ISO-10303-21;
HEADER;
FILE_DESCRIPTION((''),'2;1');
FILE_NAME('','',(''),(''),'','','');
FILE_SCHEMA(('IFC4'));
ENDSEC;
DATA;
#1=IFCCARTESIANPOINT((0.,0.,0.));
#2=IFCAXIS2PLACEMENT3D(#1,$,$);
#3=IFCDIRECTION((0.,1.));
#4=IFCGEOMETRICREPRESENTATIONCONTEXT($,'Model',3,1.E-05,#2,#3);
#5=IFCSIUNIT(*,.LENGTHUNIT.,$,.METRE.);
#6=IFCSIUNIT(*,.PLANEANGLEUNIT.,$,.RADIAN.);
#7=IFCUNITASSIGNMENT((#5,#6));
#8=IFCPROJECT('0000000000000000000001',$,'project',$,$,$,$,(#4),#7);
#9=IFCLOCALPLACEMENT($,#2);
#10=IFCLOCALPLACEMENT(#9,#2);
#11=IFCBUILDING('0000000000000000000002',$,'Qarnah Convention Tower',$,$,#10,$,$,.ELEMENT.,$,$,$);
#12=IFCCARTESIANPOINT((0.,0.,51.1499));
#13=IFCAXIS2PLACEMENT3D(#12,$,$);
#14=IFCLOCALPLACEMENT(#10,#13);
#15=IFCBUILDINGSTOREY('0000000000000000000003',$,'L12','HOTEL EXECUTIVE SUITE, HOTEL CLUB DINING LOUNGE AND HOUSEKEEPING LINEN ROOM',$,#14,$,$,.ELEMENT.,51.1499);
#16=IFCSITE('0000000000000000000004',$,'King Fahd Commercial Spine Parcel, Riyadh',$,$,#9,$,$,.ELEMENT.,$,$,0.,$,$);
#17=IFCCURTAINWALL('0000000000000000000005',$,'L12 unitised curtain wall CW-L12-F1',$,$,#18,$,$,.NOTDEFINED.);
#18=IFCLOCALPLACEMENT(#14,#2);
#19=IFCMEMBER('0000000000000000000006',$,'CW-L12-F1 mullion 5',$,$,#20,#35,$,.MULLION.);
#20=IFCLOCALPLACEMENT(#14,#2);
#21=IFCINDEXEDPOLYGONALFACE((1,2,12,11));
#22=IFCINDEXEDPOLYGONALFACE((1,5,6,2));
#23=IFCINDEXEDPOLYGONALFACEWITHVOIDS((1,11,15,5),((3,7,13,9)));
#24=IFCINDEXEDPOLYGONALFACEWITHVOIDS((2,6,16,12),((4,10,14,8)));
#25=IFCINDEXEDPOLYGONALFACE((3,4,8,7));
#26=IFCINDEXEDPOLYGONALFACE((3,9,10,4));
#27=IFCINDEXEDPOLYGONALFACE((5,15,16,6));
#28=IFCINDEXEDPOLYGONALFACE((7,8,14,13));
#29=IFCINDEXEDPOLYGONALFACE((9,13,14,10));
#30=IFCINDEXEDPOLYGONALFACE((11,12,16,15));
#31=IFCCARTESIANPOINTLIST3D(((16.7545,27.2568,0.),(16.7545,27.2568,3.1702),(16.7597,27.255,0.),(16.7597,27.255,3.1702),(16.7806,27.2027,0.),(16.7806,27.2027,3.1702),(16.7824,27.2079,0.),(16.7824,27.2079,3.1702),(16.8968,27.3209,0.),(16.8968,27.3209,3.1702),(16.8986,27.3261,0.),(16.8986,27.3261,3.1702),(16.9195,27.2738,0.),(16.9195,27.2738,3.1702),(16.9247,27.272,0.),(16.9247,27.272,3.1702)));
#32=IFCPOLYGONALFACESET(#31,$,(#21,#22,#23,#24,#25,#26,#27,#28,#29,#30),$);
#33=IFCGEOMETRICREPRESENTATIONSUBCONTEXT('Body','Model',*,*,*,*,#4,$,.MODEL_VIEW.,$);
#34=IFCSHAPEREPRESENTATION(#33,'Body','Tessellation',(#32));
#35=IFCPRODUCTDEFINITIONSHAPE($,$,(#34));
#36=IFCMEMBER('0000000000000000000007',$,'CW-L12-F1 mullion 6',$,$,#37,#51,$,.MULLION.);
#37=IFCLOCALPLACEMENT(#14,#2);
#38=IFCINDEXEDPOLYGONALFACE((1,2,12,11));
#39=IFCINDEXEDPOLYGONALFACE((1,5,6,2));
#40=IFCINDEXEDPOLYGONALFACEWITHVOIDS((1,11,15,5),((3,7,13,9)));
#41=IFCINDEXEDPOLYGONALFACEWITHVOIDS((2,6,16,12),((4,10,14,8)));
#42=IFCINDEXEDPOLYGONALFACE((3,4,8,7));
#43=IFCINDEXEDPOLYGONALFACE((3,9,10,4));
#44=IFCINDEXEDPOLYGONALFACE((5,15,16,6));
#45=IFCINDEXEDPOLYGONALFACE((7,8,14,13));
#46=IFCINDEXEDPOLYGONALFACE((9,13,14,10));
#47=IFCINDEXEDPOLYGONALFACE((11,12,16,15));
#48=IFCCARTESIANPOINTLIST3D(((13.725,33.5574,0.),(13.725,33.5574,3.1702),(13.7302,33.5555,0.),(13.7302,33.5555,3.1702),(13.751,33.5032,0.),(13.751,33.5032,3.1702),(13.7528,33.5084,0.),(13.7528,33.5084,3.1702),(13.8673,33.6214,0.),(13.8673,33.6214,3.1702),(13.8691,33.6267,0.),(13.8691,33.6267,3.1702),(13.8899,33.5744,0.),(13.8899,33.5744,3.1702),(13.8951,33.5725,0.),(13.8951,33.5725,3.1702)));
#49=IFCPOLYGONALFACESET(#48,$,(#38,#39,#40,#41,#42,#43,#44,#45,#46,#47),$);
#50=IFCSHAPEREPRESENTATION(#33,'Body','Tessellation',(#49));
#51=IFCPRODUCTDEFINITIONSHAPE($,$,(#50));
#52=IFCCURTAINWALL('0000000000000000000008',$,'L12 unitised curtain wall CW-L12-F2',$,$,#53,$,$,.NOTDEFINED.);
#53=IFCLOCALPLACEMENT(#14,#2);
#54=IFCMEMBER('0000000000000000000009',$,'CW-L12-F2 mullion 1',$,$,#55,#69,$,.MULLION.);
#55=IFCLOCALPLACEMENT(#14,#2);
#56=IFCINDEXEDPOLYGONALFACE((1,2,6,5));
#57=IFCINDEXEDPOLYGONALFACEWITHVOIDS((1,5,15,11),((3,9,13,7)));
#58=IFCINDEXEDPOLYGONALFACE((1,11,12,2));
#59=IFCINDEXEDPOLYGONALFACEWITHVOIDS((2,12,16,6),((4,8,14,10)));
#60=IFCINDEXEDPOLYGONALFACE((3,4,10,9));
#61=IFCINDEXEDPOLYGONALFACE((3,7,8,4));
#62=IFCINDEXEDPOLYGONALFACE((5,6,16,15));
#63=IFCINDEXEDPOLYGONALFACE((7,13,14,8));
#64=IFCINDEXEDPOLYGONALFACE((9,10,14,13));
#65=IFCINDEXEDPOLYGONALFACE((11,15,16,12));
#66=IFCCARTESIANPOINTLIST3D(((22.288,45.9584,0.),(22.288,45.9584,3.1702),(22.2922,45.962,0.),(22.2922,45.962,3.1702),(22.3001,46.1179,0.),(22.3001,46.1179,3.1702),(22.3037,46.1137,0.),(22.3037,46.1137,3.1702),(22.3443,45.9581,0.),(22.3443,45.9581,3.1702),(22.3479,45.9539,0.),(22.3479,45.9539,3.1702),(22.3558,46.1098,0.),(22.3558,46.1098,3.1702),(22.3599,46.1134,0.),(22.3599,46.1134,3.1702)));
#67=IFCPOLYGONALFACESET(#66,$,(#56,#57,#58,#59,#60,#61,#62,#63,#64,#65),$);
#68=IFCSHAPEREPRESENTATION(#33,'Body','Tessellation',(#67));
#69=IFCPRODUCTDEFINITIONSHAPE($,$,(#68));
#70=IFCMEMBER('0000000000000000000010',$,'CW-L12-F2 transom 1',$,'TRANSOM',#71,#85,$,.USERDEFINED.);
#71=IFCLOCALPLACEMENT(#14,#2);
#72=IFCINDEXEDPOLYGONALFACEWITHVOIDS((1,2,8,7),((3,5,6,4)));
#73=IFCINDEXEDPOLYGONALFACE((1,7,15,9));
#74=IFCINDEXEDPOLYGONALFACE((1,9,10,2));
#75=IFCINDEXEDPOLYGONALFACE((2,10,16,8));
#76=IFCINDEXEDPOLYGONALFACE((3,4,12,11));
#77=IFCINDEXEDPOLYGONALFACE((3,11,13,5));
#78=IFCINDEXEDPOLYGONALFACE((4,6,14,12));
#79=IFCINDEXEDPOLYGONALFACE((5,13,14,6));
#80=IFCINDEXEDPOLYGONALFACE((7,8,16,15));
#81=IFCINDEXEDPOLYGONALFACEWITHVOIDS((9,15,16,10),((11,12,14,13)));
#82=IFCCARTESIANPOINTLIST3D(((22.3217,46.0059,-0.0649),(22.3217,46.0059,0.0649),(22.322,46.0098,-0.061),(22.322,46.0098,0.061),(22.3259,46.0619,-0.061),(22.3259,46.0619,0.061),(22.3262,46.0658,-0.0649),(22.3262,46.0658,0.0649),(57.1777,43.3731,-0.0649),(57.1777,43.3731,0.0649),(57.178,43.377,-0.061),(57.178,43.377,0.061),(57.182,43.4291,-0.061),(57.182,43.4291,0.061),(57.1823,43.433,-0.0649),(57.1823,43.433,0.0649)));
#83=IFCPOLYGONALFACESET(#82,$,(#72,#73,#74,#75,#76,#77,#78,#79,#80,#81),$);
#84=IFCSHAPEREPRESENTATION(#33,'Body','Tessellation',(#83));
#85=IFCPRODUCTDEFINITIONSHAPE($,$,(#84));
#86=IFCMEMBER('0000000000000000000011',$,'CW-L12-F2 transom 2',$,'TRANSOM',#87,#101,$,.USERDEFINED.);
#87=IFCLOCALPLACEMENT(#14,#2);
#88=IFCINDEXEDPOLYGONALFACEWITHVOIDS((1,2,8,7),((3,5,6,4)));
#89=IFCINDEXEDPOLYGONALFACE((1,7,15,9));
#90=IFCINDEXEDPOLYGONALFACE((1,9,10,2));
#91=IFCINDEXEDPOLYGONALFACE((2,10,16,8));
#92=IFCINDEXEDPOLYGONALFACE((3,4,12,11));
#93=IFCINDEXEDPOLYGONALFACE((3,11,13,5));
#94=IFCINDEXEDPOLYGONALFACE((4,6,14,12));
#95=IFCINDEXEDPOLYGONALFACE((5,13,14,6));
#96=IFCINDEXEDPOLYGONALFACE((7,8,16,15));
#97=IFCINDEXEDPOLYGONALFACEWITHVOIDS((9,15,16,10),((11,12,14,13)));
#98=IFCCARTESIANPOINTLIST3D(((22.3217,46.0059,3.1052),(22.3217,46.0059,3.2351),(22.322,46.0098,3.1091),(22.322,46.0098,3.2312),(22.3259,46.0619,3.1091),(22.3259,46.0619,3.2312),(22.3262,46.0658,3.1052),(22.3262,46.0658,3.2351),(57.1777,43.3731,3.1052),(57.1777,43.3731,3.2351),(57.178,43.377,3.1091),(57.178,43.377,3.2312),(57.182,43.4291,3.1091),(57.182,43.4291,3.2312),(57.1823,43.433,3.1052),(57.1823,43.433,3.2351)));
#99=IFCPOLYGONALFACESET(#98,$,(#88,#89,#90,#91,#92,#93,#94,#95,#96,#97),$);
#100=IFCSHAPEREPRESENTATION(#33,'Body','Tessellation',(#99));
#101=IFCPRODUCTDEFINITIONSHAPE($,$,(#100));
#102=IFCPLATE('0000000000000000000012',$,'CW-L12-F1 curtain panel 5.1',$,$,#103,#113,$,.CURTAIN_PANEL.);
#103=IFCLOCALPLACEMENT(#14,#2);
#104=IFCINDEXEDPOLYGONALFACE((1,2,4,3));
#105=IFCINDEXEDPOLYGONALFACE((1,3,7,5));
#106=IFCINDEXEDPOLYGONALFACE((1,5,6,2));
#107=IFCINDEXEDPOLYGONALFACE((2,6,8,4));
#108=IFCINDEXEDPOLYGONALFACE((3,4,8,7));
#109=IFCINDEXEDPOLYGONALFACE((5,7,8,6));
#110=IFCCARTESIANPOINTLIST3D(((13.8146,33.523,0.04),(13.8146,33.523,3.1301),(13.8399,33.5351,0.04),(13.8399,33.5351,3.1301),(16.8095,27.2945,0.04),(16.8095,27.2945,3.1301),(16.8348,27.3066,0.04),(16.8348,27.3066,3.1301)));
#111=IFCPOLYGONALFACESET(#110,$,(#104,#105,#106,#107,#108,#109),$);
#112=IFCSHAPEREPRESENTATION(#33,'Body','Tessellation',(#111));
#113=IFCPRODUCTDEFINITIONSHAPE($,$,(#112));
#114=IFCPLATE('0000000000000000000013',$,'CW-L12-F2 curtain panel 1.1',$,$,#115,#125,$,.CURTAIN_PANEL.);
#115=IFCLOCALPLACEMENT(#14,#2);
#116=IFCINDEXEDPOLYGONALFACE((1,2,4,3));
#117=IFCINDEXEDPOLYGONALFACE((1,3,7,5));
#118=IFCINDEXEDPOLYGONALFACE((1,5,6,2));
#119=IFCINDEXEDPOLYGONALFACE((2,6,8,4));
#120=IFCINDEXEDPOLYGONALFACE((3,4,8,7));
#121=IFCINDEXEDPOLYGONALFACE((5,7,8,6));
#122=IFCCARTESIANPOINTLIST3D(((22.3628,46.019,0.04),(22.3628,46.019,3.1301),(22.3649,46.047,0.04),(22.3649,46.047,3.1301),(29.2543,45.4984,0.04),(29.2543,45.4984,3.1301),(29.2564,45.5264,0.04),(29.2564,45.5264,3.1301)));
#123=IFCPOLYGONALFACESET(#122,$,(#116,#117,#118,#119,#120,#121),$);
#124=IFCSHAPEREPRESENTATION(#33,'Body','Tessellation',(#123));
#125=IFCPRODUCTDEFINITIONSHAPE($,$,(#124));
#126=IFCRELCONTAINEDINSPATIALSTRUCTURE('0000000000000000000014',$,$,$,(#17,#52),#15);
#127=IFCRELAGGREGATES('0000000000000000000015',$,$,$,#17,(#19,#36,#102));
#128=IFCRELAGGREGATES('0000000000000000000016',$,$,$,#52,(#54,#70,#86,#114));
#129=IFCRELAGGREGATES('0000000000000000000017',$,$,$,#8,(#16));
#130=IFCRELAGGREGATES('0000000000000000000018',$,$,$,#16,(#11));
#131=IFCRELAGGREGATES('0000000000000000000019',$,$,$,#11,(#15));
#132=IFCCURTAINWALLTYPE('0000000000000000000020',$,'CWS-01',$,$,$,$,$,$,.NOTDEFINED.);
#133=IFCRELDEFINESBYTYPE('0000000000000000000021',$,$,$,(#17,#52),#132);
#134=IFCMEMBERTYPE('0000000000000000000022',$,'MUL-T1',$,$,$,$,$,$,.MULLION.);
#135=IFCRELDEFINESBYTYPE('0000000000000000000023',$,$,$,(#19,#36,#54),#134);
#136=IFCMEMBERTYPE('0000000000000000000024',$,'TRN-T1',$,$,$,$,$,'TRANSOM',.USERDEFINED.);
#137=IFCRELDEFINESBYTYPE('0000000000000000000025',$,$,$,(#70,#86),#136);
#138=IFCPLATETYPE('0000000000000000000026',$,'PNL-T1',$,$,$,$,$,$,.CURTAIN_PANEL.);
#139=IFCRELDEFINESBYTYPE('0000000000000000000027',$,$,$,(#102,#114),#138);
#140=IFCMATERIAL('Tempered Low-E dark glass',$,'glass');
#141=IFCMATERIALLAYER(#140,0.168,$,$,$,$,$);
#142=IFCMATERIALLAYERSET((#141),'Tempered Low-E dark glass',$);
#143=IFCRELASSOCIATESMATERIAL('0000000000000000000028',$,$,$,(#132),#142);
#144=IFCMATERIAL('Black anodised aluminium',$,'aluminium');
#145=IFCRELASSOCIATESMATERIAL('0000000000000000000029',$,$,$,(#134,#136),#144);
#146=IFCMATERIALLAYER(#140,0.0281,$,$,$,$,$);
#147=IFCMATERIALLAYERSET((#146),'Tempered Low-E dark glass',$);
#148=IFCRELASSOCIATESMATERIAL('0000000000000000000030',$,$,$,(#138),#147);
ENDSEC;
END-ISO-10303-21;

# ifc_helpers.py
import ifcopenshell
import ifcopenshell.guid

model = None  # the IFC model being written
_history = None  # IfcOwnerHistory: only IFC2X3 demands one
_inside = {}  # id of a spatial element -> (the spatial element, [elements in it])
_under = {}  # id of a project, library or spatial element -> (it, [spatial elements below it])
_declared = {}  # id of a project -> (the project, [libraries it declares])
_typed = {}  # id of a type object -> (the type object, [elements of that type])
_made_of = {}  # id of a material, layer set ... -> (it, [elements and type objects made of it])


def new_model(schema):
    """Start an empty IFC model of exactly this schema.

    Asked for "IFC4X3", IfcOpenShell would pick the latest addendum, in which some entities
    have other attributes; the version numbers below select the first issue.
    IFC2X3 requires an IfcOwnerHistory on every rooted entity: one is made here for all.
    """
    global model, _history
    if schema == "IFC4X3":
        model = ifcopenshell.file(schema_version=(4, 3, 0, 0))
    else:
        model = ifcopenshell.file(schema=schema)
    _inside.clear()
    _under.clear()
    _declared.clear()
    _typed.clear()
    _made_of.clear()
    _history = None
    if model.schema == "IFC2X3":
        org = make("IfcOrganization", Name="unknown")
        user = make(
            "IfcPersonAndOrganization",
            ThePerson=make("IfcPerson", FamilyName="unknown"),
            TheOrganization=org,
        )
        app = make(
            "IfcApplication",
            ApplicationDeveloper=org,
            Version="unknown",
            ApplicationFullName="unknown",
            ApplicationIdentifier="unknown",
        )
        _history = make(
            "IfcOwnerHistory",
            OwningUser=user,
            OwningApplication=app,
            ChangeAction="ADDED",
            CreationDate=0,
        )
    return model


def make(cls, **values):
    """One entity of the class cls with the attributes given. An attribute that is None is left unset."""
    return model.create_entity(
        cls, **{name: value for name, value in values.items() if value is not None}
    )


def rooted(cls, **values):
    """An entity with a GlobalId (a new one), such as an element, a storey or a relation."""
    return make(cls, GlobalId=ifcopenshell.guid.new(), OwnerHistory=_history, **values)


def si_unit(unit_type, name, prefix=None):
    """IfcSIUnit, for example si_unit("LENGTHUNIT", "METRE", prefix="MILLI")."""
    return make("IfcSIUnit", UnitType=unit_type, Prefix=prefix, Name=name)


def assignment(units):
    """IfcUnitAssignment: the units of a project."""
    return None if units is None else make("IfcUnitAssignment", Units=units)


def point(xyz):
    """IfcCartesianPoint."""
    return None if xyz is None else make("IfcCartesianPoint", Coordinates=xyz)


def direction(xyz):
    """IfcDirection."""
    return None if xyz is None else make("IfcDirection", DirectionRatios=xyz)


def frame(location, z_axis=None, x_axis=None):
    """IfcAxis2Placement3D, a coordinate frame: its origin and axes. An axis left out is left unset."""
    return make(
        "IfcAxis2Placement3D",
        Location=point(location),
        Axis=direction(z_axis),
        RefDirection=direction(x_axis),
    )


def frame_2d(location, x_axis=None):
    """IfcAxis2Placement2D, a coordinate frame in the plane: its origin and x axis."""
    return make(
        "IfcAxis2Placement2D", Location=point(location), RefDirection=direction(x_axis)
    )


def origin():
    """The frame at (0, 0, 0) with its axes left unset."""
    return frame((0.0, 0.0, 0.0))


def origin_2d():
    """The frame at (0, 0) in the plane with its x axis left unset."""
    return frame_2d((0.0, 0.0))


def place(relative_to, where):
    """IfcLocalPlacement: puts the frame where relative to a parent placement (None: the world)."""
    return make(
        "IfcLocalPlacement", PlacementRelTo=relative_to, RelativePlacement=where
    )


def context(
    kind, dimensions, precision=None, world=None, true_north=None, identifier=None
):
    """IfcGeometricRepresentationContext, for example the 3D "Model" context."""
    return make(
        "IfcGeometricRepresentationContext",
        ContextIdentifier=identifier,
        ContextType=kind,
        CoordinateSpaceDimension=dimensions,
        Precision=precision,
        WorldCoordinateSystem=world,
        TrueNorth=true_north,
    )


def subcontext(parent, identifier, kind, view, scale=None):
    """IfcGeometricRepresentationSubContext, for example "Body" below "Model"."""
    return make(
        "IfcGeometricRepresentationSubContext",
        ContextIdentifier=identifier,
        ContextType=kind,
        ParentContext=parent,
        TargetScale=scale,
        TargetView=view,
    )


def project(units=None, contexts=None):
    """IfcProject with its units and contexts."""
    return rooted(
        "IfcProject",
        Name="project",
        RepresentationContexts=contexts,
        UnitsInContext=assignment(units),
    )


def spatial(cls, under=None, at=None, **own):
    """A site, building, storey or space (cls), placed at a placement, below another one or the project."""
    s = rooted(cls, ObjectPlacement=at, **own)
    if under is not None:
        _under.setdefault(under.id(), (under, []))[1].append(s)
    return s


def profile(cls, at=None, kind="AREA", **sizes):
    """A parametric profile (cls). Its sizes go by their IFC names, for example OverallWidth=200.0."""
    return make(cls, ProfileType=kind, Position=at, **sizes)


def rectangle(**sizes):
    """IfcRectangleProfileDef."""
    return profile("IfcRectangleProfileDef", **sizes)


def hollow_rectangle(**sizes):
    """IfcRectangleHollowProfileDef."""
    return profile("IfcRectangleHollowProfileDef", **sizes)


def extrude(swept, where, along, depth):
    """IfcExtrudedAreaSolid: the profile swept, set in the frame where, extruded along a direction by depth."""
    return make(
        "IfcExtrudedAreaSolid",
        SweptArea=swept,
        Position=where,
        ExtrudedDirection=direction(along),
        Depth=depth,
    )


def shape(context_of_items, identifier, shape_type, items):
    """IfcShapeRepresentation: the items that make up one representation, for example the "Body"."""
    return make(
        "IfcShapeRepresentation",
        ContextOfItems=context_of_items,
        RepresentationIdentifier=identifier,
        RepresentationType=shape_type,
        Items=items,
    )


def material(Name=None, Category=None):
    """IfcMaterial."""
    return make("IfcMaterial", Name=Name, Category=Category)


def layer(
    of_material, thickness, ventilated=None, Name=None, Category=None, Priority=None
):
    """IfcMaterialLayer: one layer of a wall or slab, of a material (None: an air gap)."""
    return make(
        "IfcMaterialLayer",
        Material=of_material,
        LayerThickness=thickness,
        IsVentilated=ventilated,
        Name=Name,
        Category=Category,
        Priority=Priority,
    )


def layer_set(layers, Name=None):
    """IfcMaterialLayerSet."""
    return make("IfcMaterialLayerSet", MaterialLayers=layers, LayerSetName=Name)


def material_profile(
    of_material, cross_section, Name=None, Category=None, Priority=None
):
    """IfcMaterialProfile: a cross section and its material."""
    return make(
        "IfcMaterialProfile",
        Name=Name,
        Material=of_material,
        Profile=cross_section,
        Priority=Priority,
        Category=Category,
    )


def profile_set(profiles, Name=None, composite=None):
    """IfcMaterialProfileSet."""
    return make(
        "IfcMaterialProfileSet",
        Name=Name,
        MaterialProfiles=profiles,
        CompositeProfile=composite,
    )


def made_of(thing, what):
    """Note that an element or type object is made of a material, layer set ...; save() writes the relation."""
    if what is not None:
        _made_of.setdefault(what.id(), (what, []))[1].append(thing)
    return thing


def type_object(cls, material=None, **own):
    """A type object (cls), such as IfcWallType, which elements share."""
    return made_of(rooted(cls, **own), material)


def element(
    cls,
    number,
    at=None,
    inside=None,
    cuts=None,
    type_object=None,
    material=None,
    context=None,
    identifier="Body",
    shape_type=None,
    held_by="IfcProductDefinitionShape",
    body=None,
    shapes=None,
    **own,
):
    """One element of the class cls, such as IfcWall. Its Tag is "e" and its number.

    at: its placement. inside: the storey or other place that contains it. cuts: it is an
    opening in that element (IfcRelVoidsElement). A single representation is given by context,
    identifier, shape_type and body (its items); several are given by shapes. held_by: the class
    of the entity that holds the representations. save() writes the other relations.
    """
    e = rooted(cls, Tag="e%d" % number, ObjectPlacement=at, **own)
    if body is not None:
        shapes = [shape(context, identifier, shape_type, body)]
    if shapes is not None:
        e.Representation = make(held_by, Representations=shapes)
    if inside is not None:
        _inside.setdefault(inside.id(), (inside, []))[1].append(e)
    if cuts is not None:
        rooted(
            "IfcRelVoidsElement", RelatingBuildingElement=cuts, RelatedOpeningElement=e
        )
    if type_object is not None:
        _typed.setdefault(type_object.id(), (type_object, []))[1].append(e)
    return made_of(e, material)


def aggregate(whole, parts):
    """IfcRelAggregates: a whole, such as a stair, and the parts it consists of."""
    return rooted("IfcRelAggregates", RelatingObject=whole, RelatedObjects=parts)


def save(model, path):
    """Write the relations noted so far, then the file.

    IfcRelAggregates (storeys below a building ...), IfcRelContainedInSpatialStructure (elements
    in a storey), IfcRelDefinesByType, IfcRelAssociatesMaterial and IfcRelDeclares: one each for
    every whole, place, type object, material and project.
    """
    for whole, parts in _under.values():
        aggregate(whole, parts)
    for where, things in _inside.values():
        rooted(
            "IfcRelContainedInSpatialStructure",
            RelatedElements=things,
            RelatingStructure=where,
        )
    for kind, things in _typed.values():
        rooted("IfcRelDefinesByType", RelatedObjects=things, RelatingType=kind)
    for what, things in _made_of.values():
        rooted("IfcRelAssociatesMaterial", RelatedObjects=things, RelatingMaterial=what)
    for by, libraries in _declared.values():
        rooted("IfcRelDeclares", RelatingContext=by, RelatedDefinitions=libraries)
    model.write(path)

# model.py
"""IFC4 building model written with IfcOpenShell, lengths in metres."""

from ifc_helpers import new_model, si_unit, direction, frame, origin, origin_2d, place, context, subcontext, project, spatial, rectangle, hollow_rectangle, extrude, material, layer, layer_set, material_profile, profile_set, type_object, element, aggregate, save


model = new_model("IFC4")

# Units and contexts
model_context = context("Model", 3, precision=1e-05, world=origin(), true_north=direction((0.0, 1.0)))
body_context = subcontext(model_context, "Body", "Model", "MODEL_VIEW")
ifc_project = project(units=[si_unit("LENGTHUNIT", "METRE"), si_unit("PLANEANGLEUNIT", "RADIAN")], contexts=[model_context])

# Site, building, storey
site_placement = place(None, origin())
site = spatial("IfcSite", under=ifc_project, at=site_placement, Name="King Fahd Commercial Spine Parcel, Riyadh", CompositionType="ELEMENT", RefElevation=0.0)
building_placement = place(site_placement, origin())
building = spatial("IfcBuilding", under=site, at=building_placement, Name="Qarnah Convention Tower", CompositionType="ELEMENT")
storey_placement = place(building_placement, frame((0.0, 0.0, 51.1499)))
storey = spatial("IfcBuildingStorey", under=building, at=storey_placement, Name="L12", Description="HOTEL EXECUTIVE SUITE, HOTEL CLUB DINING LOUNGE AND HOUSEKEEPING LINEN ROOM", CompositionType="ELEMENT", Elevation=51.1499)

# Curtain walls, members
ifc_material_1 = material(Name="Tempered Low-E dark glass", Category="glass")
ifc_layer_1 = layer(ifc_material_1, 0.168)
ifc_layer_set_1 = layer_set([ifc_layer_1], Name="Tempered Low-E dark glass")
curtain_wall_type = type_object("IfcCurtainWallType", Name="CWS-01", PredefinedType="NOTDEFINED", material=ifc_layer_set_1)
curtain_wall_1_placement = place(storey_placement, origin())
curtain_wall_1 = element("IfcCurtainWall", 1, at=curtain_wall_1_placement, inside=storey, type_object=curtain_wall_type, Name="L12 unitised curtain wall CW-L12-F1", PredefinedType="NOTDEFINED")
ifc_material_2 = material(Name="Black anodised aluminium", Category="aluminium")
ifc_material_profile_1 = material_profile(ifc_material_2, hollow_rectangle(XDim=0.0601, YDim=0.1599, WallThickness=0.0039, at=origin_2d()), Name="MUL-60X160")
ifc_profile_set_1 = profile_set([ifc_material_profile_1], Name="Black anodised aluminium")
member_type_1 = type_object("IfcMemberType", Name="MUL-T1", PredefinedType="MULLION", material=ifc_profile_set_1)
member_1_placement = place(storey_placement, frame((16.8396, 27.2644, 0.0), z_axis=(0.0, 0.0, 1.0), x_axis=(-0.433349, 0.901226, 0.0)))
member_1 = element("IfcMember", 2, at=member_1_placement, type_object=member_type_1, Name="CW-L12-F1 mullion 5", PredefinedType="MULLION", context=body_context, shape_type="SweptSolid", body=[
    extrude(hollow_rectangle(XDim=0.0601, YDim=0.1599, WallThickness=0.0039, at=origin_2d()), origin(), (0.0, 0.0, 1.0), 3.1702),
])
member_2_placement = place(storey_placement, frame((13.8101, 33.5649, 0.0), z_axis=(0.0, 0.0, 1.0), x_axis=(-0.433349, 0.901226, 0.0)))
member_2 = element("IfcMember", 3, at=member_2_placement, type_object=member_type_1, Name="CW-L12-F1 mullion 6", PredefinedType="MULLION", context=body_context, shape_type="SweptSolid", body=[
    extrude(hollow_rectangle(XDim=0.0601, YDim=0.1599, WallThickness=0.0039, at=origin_2d()), origin(), (0.0, 0.0, 1.0), 3.1702),
])
curtain_wall_2_placement = place(storey_placement, origin())
curtain_wall_2 = element("IfcCurtainWall", 4, at=curtain_wall_2_placement, inside=storey, type_object=curtain_wall_type, Name="L12 unitised curtain wall CW-L12-F2", PredefinedType="NOTDEFINED")
member_3_placement = place(storey_placement, frame((22.324, 46.0359, 0.0), z_axis=(0.0, 0.0, 1.0), x_axis=(0.997159, -0.075325, 0.0)))
member_3 = element("IfcMember", 5, at=member_3_placement, type_object=member_type_1, Name="CW-L12-F2 mullion 1", PredefinedType="MULLION", context=body_context, shape_type="SweptSolid", body=[
    extrude(hollow_rectangle(XDim=0.0601, YDim=0.1599, WallThickness=0.0039, at=origin_2d()), origin(), (0.0, 0.0, 1.0), 3.1702),
])
ifc_material_profile_2 = material_profile(ifc_material_2, hollow_rectangle(XDim=0.0601, YDim=0.1299, WallThickness=0.0039, at=origin_2d()), Name="TRN-60X130")
ifc_profile_set_2 = profile_set([ifc_material_profile_2], Name="Black anodised aluminium")
member_type_2 = type_object("IfcMemberType", Name="TRN-T1", ElementType="TRANSOM", PredefinedType="USERDEFINED", material=ifc_profile_set_2)
member_4_placement = place(storey_placement, frame((22.324, 46.0359, 0.0), z_axis=(0.997159, -0.07532, 0.0), x_axis=(0.07532, 0.997159, 0.0)))
member_4 = element("IfcMember", 6, at=member_4_placement, type_object=member_type_2, Name="CW-L12-F2 transom 1", ObjectType="TRANSOM", PredefinedType="USERDEFINED", context=body_context, shape_type="SweptSolid", body=[
    extrude(hollow_rectangle(XDim=0.0601, YDim=0.1299, WallThickness=0.0039, at=origin_2d()), origin(), (0.0, 0.0, 1.0), 34.9553),
])
member_5_placement = place(storey_placement, frame((22.324, 46.0359, 3.1702), z_axis=(0.997159, -0.07532, 0.0), x_axis=(0.07532, 0.997159, 0.0)))
member_5 = element("IfcMember", 7, at=member_5_placement, type_object=member_type_2, Name="CW-L12-F2 transom 2", ObjectType="TRANSOM", PredefinedType="USERDEFINED", context=body_context, shape_type="SweptSolid", body=[
    extrude(hollow_rectangle(XDim=0.0601, YDim=0.1299, WallThickness=0.0039, at=origin_2d()), origin(), (0.0, 0.0, 1.0), 34.9553),
])

# Plates
ifc_layer_2 = layer(ifc_material_1, 0.0281)
ifc_layer_set_2 = layer_set([ifc_layer_2], Name="Tempered Low-E dark glass")
plate_type = type_object("IfcPlateType", Name="PNL-T1", PredefinedType="CURTAIN_PANEL", material=ifc_layer_set_2)
plate_1_placement = place(storey_placement, frame((15.3247, 30.4148, 0.04), z_axis=(0.0, 0.0, 1.0), x_axis=(-0.433349, 0.901226, 0.0)))
plate_1 = element("IfcPlate", 8, at=plate_1_placement, type_object=plate_type, Name="CW-L12-F1 curtain panel 5.1", PredefinedType="CURTAIN_PANEL", context=body_context, shape_type="SweptSolid", body=[
    extrude(rectangle(XDim=6.9111, YDim=0.0281, at=origin_2d()), origin(), (0.0, 0.0, 1.0), 3.0901),
])
aggregate(curtain_wall_1, [member_1, member_2, plate_1])
plate_2_placement = place(storey_placement, frame((25.8096, 45.7727, 0.04), z_axis=(0.0, 0.0, 1.0), x_axis=(0.997159, -0.075325, 0.0)))
plate_2 = element("IfcPlate", 9, at=plate_2_placement, type_object=plate_type, Name="CW-L12-F2 curtain panel 1.1", PredefinedType="CURTAIN_PANEL", context=body_context, shape_type="SweptSolid", body=[
    extrude(rectangle(XDim=6.9111, YDim=0.0281, at=origin_2d()), origin(), (0.0, 0.0, 1.0), 3.0901),
])
aggregate(curtain_wall_2, [member_3, member_4, member_5, plate_2])

save(model, "model.ifc")
